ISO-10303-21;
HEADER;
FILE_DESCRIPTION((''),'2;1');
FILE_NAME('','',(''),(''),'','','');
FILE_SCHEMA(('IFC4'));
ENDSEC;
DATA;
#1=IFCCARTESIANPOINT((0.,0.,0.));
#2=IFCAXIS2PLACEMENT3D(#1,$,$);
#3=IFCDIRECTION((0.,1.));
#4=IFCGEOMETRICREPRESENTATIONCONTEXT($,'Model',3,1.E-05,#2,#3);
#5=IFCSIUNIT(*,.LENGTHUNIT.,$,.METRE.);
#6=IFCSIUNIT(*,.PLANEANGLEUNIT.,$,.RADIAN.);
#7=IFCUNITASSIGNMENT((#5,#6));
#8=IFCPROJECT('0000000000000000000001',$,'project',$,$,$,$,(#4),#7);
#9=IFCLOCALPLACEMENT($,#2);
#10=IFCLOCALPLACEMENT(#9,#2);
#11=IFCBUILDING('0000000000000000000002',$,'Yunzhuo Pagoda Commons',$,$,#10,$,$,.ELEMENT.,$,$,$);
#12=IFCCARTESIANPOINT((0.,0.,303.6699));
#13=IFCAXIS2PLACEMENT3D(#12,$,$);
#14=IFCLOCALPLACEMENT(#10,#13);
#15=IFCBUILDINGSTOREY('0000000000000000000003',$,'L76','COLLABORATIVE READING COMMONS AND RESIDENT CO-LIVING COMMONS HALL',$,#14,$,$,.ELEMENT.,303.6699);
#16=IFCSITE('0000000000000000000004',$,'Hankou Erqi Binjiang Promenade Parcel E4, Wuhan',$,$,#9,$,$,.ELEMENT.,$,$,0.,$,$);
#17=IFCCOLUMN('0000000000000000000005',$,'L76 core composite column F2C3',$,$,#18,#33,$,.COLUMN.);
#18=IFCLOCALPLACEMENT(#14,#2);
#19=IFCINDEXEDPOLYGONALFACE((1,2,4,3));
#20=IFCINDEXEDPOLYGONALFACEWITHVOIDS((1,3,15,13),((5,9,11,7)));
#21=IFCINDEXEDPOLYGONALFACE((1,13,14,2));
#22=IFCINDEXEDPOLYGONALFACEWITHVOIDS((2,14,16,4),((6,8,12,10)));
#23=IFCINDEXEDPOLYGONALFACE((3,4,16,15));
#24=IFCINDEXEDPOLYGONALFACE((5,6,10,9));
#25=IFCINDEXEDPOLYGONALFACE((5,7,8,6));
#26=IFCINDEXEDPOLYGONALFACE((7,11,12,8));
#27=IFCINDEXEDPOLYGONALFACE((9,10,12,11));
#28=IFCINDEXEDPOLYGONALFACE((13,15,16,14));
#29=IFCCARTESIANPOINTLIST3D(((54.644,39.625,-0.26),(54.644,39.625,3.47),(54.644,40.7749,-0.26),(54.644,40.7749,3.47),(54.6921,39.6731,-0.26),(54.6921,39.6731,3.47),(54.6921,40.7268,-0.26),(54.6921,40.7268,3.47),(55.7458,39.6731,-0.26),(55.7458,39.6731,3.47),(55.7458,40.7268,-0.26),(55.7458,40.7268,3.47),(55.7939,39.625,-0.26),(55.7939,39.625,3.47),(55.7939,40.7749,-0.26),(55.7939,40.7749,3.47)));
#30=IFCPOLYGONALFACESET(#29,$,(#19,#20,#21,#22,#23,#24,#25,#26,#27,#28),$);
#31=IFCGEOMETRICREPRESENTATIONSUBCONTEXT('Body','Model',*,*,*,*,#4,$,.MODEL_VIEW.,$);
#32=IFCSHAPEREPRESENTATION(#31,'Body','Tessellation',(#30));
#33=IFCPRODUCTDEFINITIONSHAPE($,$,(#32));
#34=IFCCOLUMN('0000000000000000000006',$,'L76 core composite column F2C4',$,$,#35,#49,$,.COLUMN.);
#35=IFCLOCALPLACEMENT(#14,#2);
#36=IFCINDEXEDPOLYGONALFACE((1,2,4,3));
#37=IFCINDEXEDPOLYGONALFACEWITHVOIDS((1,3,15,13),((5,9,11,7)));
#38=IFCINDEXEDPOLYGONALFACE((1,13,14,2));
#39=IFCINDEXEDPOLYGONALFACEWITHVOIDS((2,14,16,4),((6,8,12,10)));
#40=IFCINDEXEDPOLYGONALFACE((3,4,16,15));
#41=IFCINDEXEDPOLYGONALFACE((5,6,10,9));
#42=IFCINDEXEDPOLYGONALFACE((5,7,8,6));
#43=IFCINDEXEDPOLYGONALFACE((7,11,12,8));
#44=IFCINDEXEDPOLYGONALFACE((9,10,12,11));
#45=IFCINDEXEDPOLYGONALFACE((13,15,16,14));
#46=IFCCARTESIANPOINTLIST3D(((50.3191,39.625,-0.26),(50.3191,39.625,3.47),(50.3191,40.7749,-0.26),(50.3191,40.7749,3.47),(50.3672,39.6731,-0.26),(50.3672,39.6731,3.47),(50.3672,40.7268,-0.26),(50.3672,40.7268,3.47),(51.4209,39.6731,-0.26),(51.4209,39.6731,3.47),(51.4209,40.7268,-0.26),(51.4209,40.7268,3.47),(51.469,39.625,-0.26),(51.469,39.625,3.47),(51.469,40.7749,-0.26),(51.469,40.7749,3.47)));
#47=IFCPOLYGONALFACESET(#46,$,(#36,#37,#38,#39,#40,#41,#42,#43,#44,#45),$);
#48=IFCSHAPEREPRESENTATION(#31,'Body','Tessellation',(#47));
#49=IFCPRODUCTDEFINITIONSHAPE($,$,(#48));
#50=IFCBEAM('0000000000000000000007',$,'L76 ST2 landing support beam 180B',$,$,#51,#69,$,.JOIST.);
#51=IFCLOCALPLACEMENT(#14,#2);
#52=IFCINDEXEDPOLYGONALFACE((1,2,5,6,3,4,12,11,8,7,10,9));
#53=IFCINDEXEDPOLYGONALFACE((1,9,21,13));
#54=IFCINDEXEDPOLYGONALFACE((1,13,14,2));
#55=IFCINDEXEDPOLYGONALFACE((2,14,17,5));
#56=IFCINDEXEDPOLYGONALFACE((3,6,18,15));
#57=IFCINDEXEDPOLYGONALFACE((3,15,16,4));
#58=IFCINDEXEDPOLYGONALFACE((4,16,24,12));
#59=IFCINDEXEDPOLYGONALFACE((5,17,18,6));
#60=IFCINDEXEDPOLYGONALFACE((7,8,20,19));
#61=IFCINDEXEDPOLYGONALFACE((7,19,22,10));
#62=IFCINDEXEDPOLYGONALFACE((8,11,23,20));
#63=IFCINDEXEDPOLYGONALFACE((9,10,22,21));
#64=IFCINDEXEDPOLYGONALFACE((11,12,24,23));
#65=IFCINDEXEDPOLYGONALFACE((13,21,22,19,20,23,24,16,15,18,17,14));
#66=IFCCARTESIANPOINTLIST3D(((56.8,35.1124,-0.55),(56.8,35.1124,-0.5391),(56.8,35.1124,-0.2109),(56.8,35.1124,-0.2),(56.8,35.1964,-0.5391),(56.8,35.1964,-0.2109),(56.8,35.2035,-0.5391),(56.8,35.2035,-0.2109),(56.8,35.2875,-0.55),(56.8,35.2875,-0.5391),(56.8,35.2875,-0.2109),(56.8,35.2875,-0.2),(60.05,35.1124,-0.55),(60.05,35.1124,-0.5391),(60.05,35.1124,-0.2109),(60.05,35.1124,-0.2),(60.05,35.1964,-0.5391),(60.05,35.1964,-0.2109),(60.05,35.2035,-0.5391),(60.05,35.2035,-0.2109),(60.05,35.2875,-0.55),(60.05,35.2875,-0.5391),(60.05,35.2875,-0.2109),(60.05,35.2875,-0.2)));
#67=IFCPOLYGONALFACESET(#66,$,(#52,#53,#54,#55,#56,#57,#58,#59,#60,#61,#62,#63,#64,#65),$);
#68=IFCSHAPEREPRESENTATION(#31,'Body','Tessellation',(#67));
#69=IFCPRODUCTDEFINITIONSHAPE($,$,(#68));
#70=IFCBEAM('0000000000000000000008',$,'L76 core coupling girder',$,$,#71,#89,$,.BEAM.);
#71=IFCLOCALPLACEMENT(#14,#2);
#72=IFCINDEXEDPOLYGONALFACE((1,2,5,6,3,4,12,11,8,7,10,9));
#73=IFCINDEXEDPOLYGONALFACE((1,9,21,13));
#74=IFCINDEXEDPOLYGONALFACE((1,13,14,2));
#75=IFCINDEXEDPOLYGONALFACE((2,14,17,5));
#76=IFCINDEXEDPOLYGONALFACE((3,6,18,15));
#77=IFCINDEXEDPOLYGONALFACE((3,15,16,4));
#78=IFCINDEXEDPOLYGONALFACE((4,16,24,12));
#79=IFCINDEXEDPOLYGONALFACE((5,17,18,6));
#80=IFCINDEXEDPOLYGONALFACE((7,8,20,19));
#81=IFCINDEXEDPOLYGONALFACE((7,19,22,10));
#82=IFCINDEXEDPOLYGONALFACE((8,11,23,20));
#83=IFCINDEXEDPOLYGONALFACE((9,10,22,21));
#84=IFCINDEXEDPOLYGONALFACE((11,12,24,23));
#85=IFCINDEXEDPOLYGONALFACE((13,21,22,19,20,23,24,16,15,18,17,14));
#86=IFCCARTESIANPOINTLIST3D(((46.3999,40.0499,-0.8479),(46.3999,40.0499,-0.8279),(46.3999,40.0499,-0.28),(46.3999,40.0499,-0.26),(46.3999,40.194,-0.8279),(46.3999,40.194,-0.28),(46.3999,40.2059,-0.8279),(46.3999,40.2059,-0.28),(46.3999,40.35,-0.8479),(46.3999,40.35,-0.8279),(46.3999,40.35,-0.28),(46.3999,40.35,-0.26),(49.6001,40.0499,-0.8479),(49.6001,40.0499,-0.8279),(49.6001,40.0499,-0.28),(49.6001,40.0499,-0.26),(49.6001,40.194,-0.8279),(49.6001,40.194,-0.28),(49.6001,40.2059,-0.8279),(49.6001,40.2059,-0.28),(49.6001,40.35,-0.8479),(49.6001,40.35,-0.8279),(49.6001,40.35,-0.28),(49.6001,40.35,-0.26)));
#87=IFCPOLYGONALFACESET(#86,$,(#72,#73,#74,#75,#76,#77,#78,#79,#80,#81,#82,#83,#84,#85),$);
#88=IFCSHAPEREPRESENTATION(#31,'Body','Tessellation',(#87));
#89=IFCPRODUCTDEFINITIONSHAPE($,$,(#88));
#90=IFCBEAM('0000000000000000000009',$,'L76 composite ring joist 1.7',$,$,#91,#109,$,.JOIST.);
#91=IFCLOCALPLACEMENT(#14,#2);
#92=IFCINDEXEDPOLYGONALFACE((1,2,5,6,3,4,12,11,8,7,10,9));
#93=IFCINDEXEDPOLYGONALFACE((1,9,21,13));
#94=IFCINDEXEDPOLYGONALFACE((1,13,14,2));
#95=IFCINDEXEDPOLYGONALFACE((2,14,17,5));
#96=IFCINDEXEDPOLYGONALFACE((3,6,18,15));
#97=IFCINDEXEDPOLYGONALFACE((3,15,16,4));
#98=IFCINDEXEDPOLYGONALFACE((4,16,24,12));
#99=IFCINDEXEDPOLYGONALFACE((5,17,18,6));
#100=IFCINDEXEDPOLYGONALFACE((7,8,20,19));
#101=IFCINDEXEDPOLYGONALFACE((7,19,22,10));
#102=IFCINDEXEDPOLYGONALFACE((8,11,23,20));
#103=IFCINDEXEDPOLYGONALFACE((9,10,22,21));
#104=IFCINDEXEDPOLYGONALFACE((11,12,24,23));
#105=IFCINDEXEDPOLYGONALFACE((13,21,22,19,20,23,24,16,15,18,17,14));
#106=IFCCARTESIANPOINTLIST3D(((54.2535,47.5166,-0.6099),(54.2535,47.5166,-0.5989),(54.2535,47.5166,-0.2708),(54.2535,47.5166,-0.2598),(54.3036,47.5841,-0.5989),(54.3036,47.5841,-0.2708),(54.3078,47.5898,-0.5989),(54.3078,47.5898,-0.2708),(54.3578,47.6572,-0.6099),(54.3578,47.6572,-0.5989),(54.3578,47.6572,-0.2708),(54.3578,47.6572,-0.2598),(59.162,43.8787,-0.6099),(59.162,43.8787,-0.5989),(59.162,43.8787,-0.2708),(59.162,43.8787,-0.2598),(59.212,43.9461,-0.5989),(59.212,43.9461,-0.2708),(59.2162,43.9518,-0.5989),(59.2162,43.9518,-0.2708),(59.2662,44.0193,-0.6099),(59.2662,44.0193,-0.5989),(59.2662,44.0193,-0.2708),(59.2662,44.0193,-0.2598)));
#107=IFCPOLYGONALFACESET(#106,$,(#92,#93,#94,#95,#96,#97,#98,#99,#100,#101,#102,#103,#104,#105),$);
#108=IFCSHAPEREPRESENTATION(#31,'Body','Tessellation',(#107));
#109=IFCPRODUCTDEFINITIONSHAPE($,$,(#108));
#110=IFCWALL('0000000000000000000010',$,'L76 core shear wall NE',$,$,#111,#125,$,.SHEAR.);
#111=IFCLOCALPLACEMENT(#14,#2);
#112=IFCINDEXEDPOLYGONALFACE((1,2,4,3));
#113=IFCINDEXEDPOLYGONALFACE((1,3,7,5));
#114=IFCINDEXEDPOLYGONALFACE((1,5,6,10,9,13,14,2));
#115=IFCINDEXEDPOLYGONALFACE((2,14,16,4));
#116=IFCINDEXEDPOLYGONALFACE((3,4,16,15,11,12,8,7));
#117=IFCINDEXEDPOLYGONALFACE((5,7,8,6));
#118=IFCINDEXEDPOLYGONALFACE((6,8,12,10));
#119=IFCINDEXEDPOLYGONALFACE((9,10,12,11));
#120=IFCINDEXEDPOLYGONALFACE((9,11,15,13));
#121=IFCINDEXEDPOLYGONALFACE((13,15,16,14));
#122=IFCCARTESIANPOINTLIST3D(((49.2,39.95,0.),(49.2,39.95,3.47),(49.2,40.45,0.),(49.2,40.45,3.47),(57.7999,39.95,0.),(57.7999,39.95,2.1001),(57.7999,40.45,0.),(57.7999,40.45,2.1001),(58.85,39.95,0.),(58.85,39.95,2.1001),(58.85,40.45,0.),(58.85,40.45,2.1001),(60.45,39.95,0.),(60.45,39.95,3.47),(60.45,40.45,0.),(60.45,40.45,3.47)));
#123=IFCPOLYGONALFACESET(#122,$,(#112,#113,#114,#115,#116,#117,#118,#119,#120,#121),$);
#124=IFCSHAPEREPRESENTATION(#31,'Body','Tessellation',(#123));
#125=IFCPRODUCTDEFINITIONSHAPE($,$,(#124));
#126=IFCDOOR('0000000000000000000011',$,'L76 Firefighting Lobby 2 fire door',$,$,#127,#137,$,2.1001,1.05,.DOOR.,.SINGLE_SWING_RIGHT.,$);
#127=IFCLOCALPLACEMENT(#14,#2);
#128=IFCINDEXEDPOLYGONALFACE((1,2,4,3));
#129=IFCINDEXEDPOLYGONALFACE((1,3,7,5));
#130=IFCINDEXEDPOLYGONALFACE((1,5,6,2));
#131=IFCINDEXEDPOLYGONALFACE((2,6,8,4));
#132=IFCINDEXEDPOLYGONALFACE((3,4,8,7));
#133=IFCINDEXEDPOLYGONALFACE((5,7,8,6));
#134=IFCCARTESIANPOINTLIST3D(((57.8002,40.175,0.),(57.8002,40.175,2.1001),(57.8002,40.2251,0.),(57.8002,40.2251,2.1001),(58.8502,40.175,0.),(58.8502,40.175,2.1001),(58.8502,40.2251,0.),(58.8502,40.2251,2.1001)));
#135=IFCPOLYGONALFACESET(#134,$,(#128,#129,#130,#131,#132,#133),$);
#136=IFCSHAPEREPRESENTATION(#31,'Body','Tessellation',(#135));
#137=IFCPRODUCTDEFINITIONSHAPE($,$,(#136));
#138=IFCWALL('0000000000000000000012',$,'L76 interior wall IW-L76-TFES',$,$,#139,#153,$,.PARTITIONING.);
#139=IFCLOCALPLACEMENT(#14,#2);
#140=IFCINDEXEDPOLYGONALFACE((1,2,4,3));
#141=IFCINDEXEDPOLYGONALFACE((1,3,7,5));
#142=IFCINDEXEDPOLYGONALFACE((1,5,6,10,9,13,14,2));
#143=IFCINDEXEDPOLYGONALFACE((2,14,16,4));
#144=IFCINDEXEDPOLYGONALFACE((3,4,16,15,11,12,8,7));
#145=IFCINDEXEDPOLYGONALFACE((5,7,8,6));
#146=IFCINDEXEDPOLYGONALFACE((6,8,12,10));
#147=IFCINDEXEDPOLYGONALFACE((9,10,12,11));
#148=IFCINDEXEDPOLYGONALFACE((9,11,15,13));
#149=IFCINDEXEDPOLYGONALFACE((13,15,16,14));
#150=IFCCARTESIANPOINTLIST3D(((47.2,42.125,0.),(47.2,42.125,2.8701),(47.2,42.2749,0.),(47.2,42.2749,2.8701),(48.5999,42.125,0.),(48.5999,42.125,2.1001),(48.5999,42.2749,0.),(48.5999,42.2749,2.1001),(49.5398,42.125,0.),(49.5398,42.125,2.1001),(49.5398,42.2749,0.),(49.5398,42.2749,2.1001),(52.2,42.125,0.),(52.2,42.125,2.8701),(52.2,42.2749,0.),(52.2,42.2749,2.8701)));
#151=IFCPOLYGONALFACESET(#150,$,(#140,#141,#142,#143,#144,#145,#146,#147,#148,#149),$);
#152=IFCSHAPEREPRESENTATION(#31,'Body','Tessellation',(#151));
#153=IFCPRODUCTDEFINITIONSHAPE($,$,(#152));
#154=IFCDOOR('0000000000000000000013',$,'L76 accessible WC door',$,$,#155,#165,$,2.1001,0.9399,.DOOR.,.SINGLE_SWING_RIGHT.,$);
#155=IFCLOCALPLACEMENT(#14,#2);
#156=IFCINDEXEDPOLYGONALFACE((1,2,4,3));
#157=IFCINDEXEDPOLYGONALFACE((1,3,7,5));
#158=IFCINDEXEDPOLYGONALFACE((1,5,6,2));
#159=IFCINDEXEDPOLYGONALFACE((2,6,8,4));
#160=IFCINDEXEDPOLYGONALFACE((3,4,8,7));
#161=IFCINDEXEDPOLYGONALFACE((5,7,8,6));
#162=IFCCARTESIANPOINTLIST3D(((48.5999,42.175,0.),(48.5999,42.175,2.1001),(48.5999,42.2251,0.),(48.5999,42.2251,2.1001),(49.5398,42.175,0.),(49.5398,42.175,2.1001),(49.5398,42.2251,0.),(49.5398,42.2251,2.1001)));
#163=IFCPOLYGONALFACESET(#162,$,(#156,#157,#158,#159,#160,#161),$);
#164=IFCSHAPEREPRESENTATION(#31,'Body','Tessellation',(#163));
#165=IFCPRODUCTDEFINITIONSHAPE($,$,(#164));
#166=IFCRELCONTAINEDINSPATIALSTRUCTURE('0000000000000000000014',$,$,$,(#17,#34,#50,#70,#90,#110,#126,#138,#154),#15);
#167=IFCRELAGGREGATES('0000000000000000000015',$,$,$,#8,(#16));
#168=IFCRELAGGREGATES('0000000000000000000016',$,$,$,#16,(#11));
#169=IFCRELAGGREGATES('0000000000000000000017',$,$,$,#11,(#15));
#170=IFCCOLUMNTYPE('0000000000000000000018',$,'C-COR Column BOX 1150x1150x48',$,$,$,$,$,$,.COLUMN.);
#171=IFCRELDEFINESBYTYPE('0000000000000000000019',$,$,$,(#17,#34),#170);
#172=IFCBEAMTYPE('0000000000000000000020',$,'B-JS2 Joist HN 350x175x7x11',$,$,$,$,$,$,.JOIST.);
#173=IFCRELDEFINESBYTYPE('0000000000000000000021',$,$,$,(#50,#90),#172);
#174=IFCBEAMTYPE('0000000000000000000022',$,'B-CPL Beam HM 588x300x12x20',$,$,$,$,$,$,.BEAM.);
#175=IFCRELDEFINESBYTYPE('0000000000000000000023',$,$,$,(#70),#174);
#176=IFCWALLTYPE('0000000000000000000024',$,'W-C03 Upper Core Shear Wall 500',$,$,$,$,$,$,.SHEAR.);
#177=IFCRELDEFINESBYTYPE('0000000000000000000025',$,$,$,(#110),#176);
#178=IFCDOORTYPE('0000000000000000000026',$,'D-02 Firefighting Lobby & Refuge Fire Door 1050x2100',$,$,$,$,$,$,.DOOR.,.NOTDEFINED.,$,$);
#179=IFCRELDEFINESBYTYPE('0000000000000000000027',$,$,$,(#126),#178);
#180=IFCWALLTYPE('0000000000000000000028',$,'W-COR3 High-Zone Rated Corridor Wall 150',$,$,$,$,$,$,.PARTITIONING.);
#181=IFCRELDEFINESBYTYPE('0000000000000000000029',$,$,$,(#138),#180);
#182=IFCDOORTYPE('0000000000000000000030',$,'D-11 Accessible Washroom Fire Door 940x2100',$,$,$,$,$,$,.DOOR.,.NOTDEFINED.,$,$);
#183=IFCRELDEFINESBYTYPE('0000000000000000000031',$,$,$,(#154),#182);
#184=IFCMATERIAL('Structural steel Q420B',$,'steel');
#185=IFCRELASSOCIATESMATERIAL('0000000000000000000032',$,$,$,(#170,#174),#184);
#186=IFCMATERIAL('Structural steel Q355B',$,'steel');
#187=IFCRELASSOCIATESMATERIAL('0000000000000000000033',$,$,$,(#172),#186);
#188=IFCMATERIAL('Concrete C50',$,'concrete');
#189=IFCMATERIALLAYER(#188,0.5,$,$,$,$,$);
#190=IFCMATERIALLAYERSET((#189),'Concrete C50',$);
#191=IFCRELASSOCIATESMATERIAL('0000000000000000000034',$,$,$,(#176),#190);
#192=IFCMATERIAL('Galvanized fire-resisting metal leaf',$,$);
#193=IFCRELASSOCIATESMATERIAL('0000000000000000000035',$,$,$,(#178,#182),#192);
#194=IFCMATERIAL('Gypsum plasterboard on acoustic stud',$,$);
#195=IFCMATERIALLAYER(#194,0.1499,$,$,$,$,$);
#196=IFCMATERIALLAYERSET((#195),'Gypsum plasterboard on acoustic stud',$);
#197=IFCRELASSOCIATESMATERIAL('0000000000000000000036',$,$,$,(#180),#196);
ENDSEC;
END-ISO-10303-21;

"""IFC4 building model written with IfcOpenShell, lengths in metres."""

from ifc_helpers import new_model, si_unit, direction, frame, frame_2d, origin, origin_2d, place, context, subcontext, project, spatial, rectangle, hollow_rectangle, i_section, extrude, source, transform, mapped, material, layer, layer_set, material_profile, profile_set, type_object, element, fill, save


model = new_model("IFC4")

# Units and contexts
model_context = context("Model", 3, precision=1e-05, world=origin(), true_north=direction((0.0, 1.0)))
body_context = subcontext(model_context, "Body", "Model", "MODEL_VIEW")
ifc_project = project(units=[si_unit("LENGTHUNIT", "METRE"), si_unit("PLANEANGLEUNIT", "RADIAN")], contexts=[model_context])

# Site, building, storey
site_placement = place(None, origin())
site = spatial("IfcSite", under=ifc_project, at=site_placement, Name="Hankou Erqi Binjiang Promenade Parcel E4, Wuhan", CompositionType="ELEMENT", RefElevation=0.0)
building_placement = place(site_placement, origin())
building = spatial("IfcBuilding", under=site, at=building_placement, Name="Yunzhuo Pagoda Commons", CompositionType="ELEMENT")
storey_placement = place(building_placement, frame((0.0, 0.0, 303.6699)))
storey = spatial("IfcBuildingStorey", under=building, at=storey_placement, Name="L76", Description="COLLABORATIVE READING COMMONS AND RESIDENT CO-LIVING COMMONS HALL", CompositionType="ELEMENT", Elevation=303.6699)

# Columns
ifc_material_1 = material(Name="Structural steel Q420B", Category="steel")
ifc_material_profile_1 = material_profile(ifc_material_1, hollow_rectangle(XDim=1.1499, YDim=1.1499, WallThickness=0.0481, at=origin_2d()), Name="Structural steel Q420B")
ifc_profile_set_1 = profile_set([ifc_material_profile_1], Name="Structural steel Q420B")
column_type = type_object("IfcColumnType", Name="C-COR Column BOX 1150x1150x48", PredefinedType="COLUMN", material=ifc_profile_set_1)
shared_shape_1 = source(origin(), body_context, "Body", "SweptSolid", [
    extrude(hollow_rectangle(XDim=1.1499, YDim=1.1499, WallThickness=0.0481, at=origin_2d()), origin(), (0.0, 0.0, 1.0), 3.73),
])
for number, where, z_axis, x_axis, name in (
    (1, (55.219, 40.2, -0.26), (0.0, 0.0, 1.0), (1.0, 0.0, 0.0), "L76 core composite column F2C3"),
    (2, (50.894, 40.2, -0.26), (0.0, 0.0, 1.0), (1.0, 0.0, 0.0), "L76 core composite column F2C4"),
):
    element("IfcColumn", number, at=place(storey_placement, frame(where, z_axis=z_axis, x_axis=x_axis)), inside=storey, type_object=column_type, Name=name, PredefinedType="COLUMN", context=body_context, shape_type="MappedRepresentation", body=[
        mapped(shared_shape_1, transform((0.0, 0.0, 0.0), scale=1.0)),
    ])

# Beams
ifc_material_2 = material(Name="Structural steel Q355B", Category="steel")
ifc_material_profile_2 = material_profile(ifc_material_2, i_section(OverallWidth=0.175, OverallDepth=0.3501, WebThickness=0.0071, FlangeThickness=0.011, at=origin_2d()), Name="Structural steel Q355B")
ifc_profile_set_2 = profile_set([ifc_material_profile_2], Name="Structural steel Q355B")
beam_type_1 = type_object("IfcBeamType", Name="B-JS2 Joist HN 350x175x7x11", PredefinedType="JOIST", material=ifc_profile_set_2)
shared_shape_2 = source(origin(), body_context, "Body", "SweptSolid", [
    extrude(i_section(OverallWidth=0.175, OverallDepth=0.3501, WebThickness=0.0071, FlangeThickness=0.011, at=origin_2d()), origin(), (0.0, 0.0, 1.0), 3.25),
])
beam_1_placement = place(storey_placement, frame((56.8, 35.2, -0.375), z_axis=(1.0, 0.0, 0.0), x_axis=(0.0, 1.0, 0.0)))
element("IfcBeam", 3, at=beam_1_placement, inside=storey, type_object=beam_type_1, Name="L76 ST2 landing support beam 180B", PredefinedType="JOIST", context=body_context, shape_type="MappedRepresentation", body=[
    mapped(shared_shape_2, transform((0.0, 0.0, 0.0), scale=1.0)),
])
ifc_material_profile_3 = material_profile(ifc_material_1, i_section(OverallWidth=0.3, OverallDepth=0.5879, WebThickness=0.012, FlangeThickness=0.02, at=origin_2d()), Name="Structural steel Q420B")
ifc_profile_set_3 = profile_set([ifc_material_profile_3], Name="Structural steel Q420B")
beam_type_2 = type_object("IfcBeamType", Name="B-CPL Beam HM 588x300x12x20", PredefinedType="BEAM", material=ifc_profile_set_3)
shared_shape_3 = source(origin(), body_context, "Body", "SweptSolid", [
    extrude(i_section(OverallWidth=0.3, OverallDepth=0.5879, WebThickness=0.012, FlangeThickness=0.02, at=origin_2d()), origin(), (0.0, 0.0, 1.0), 3.2002),
])
beam_2_placement = place(storey_placement, frame((46.3999, 40.2, -0.554), z_axis=(1.0, 0.0, 0.0), x_axis=(0.0, 1.0, 0.0)))
element("IfcBeam", 4, at=beam_2_placement, inside=storey, type_object=beam_type_2, Name="L76 core coupling girder", PredefinedType="BEAM", context=body_context, shape_type="MappedRepresentation", body=[
    mapped(shared_shape_3, transform((0.0, 0.0, 0.0), scale=1.0)),
])
shared_shape_4 = source(origin(), body_context, "Body", "SweptSolid", [
    extrude(i_section(OverallWidth=0.175, OverallDepth=0.3501, WebThickness=0.0071, FlangeThickness=0.011, at=origin_2d()), origin(), (0.0, 0.0, 1.0), 6.1096),
])
beam_3_placement = place(storey_placement, frame((59.2141, 43.949, -0.4348), z_axis=(-0.803396, 0.595444, 0.0), x_axis=(-0.595444, -0.803396, 0.0)))
element("IfcBeam", 5, at=beam_3_placement, inside=storey, type_object=beam_type_1, Name="L76 composite ring joist 1.7", PredefinedType="JOIST", context=body_context, shape_type="MappedRepresentation", body=[
    mapped(shared_shape_4, transform((0.0, 0.0, 0.0), scale=1.0)),
])

# Walls, openings, doors
ifc_material_3 = material(Name="Concrete C50", Category="concrete")
ifc_layer_1 = layer(ifc_material_3, 0.5)
ifc_layer_set_1 = layer_set([ifc_layer_1], Name="Concrete C50")
wall_type_1 = type_object("IfcWallType", Name="W-C03 Upper Core Shear Wall 500", PredefinedType="SHEAR", material=ifc_layer_set_1)
wall_1_placement = place(storey_placement, frame((49.2, 40.2, 0.0), z_axis=(0.0, 0.0, 1.0), x_axis=(1.0, 0.0, 0.0)))
wall_1 = element("IfcWall", 6, at=wall_1_placement, inside=storey, type_object=wall_type_1, Name="L76 core shear wall NE", PredefinedType="SHEAR", context=body_context, shape_type="SweptSolid", body=[
    extrude(rectangle(XDim=11.25, YDim=0.5, at=frame_2d((5.625, 0.0))), origin(), (0.0, 0.0, 1.0), 3.47),
])
opening_1_placement = place(wall_1_placement, frame((8.6001, 0.0, 0.0)))
opening_1 = element("IfcOpeningElement", 7, at=opening_1_placement, cuts=wall_1, PredefinedType="OPENING", context=body_context, shape_type="SweptSolid", body=[
    extrude(rectangle(XDim=1.05, YDim=2.1001, at=frame_2d((0.5249, 1.05))), frame((0.0, 0.26, 0.0), z_axis=(0.0, -1.0, 0.0), x_axis=(1.0, 0.0, 0.0)), (0.0, 0.0, 1.0), 0.52),
])
ifc_material_4 = material(Name="Galvanized fire-resisting metal leaf")
door_type_1 = type_object("IfcDoorType", Name="D-02 Firefighting Lobby & Refuge Fire Door 1050x2100", OperationType="NOTDEFINED", PredefinedType="DOOR", material=ifc_material_4)
shared_shape_5 = source(origin(), body_context, "Body", "SweptSolid", [
    extrude(rectangle(XDim=1.05, YDim=2.1001, at=frame_2d((0.5249, 1.05))), frame((0.0, 0.0249, 0.0), z_axis=(0.0, -1.0, 0.0), x_axis=(1.0, 0.0, 0.0)), (0.0, 0.0, 1.0), 0.05),
])
door_1_placement = place(opening_1_placement, frame((1.05, 0.0, 0.0), z_axis=(0.0, 0.0, 1.0), x_axis=(-1.0, 0.0, 0.0)))
door_1 = element("IfcDoor", 8, at=door_1_placement, inside=storey, type_object=door_type_1, Name="L76 Firefighting Lobby 2 fire door", OperationType="SINGLE_SWING_RIGHT", OverallHeight=2.1001, OverallWidth=1.05, PredefinedType="DOOR", context=body_context, shape_type="MappedRepresentation", body=[
    mapped(shared_shape_5, transform((0.0, 0.0, 0.0), scale=1.0)),
])
fill(opening_1, door_1)
ifc_material_5 = material(Name="Gypsum plasterboard on acoustic stud")
ifc_layer_2 = layer(ifc_material_5, 0.1499)
ifc_layer_set_2 = layer_set([ifc_layer_2], Name="Gypsum plasterboard on acoustic stud")
wall_type_2 = type_object("IfcWallType", Name="W-COR3 High-Zone Rated Corridor Wall 150", PredefinedType="PARTITIONING", material=ifc_layer_set_2)
wall_2_placement = place(storey_placement, frame((47.2, 42.2, 0.0), z_axis=(0.0, 0.0, 1.0), x_axis=(1.0, 0.0, 0.0)))
wall_2 = element("IfcWall", 9, at=wall_2_placement, inside=storey, type_object=wall_type_2, Name="L76 interior wall IW-L76-TFES", PredefinedType="PARTITIONING", context=body_context, shape_type="SweptSolid", body=[
    extrude(rectangle(XDim=5.0, YDim=0.1499, at=frame_2d((2.5, 0.0))), origin(), (0.0, 0.0, 1.0), 2.8701),
])
opening_2_placement = place(wall_2_placement, frame((1.3999, 0.0, 0.0)))
opening_2 = element("IfcOpeningElement", 10, at=opening_2_placement, cuts=wall_2, PredefinedType="OPENING", context=body_context, shape_type="SweptSolid", body=[
    extrude(rectangle(XDim=0.9399, YDim=2.1001, at=frame_2d((0.47, 1.05))), frame((0.0, 0.085, 0.0), z_axis=(0.0, -1.0, 0.0), x_axis=(1.0, 0.0, 0.0)), (0.0, 0.0, 1.0), 0.1699),
])
door_type_2 = type_object("IfcDoorType", Name="D-11 Accessible Washroom Fire Door 940x2100", OperationType="NOTDEFINED", PredefinedType="DOOR", material=ifc_material_4)
shared_shape_6 = source(origin(), body_context, "Body", "SweptSolid", [
    extrude(rectangle(XDim=0.9399, YDim=2.1001, at=frame_2d((0.47, 1.05))), frame((0.0, 0.0249, 0.0), z_axis=(0.0, -1.0, 0.0), x_axis=(1.0, 0.0, 0.0)), (0.0, 0.0, 1.0), 0.05),
])
door_2_placement = place(opening_2_placement, frame((0.9399, 0.0, 0.0), z_axis=(0.0, 0.0, 1.0), x_axis=(-1.0, 0.0, 0.0)))
door_2 = element("IfcDoor", 11, at=door_2_placement, inside=storey, type_object=door_type_2, Name="L76 accessible WC door", OperationType="SINGLE_SWING_RIGHT", OverallHeight=2.1001, OverallWidth=0.9399, PredefinedType="DOOR", context=body_context, shape_type="MappedRepresentation", body=[
    mapped(shared_shape_6, transform((0.0, 0.0, 0.0), scale=1.0)),
])
fill(opening_2, door_2)

save(model, "model.ifc")
